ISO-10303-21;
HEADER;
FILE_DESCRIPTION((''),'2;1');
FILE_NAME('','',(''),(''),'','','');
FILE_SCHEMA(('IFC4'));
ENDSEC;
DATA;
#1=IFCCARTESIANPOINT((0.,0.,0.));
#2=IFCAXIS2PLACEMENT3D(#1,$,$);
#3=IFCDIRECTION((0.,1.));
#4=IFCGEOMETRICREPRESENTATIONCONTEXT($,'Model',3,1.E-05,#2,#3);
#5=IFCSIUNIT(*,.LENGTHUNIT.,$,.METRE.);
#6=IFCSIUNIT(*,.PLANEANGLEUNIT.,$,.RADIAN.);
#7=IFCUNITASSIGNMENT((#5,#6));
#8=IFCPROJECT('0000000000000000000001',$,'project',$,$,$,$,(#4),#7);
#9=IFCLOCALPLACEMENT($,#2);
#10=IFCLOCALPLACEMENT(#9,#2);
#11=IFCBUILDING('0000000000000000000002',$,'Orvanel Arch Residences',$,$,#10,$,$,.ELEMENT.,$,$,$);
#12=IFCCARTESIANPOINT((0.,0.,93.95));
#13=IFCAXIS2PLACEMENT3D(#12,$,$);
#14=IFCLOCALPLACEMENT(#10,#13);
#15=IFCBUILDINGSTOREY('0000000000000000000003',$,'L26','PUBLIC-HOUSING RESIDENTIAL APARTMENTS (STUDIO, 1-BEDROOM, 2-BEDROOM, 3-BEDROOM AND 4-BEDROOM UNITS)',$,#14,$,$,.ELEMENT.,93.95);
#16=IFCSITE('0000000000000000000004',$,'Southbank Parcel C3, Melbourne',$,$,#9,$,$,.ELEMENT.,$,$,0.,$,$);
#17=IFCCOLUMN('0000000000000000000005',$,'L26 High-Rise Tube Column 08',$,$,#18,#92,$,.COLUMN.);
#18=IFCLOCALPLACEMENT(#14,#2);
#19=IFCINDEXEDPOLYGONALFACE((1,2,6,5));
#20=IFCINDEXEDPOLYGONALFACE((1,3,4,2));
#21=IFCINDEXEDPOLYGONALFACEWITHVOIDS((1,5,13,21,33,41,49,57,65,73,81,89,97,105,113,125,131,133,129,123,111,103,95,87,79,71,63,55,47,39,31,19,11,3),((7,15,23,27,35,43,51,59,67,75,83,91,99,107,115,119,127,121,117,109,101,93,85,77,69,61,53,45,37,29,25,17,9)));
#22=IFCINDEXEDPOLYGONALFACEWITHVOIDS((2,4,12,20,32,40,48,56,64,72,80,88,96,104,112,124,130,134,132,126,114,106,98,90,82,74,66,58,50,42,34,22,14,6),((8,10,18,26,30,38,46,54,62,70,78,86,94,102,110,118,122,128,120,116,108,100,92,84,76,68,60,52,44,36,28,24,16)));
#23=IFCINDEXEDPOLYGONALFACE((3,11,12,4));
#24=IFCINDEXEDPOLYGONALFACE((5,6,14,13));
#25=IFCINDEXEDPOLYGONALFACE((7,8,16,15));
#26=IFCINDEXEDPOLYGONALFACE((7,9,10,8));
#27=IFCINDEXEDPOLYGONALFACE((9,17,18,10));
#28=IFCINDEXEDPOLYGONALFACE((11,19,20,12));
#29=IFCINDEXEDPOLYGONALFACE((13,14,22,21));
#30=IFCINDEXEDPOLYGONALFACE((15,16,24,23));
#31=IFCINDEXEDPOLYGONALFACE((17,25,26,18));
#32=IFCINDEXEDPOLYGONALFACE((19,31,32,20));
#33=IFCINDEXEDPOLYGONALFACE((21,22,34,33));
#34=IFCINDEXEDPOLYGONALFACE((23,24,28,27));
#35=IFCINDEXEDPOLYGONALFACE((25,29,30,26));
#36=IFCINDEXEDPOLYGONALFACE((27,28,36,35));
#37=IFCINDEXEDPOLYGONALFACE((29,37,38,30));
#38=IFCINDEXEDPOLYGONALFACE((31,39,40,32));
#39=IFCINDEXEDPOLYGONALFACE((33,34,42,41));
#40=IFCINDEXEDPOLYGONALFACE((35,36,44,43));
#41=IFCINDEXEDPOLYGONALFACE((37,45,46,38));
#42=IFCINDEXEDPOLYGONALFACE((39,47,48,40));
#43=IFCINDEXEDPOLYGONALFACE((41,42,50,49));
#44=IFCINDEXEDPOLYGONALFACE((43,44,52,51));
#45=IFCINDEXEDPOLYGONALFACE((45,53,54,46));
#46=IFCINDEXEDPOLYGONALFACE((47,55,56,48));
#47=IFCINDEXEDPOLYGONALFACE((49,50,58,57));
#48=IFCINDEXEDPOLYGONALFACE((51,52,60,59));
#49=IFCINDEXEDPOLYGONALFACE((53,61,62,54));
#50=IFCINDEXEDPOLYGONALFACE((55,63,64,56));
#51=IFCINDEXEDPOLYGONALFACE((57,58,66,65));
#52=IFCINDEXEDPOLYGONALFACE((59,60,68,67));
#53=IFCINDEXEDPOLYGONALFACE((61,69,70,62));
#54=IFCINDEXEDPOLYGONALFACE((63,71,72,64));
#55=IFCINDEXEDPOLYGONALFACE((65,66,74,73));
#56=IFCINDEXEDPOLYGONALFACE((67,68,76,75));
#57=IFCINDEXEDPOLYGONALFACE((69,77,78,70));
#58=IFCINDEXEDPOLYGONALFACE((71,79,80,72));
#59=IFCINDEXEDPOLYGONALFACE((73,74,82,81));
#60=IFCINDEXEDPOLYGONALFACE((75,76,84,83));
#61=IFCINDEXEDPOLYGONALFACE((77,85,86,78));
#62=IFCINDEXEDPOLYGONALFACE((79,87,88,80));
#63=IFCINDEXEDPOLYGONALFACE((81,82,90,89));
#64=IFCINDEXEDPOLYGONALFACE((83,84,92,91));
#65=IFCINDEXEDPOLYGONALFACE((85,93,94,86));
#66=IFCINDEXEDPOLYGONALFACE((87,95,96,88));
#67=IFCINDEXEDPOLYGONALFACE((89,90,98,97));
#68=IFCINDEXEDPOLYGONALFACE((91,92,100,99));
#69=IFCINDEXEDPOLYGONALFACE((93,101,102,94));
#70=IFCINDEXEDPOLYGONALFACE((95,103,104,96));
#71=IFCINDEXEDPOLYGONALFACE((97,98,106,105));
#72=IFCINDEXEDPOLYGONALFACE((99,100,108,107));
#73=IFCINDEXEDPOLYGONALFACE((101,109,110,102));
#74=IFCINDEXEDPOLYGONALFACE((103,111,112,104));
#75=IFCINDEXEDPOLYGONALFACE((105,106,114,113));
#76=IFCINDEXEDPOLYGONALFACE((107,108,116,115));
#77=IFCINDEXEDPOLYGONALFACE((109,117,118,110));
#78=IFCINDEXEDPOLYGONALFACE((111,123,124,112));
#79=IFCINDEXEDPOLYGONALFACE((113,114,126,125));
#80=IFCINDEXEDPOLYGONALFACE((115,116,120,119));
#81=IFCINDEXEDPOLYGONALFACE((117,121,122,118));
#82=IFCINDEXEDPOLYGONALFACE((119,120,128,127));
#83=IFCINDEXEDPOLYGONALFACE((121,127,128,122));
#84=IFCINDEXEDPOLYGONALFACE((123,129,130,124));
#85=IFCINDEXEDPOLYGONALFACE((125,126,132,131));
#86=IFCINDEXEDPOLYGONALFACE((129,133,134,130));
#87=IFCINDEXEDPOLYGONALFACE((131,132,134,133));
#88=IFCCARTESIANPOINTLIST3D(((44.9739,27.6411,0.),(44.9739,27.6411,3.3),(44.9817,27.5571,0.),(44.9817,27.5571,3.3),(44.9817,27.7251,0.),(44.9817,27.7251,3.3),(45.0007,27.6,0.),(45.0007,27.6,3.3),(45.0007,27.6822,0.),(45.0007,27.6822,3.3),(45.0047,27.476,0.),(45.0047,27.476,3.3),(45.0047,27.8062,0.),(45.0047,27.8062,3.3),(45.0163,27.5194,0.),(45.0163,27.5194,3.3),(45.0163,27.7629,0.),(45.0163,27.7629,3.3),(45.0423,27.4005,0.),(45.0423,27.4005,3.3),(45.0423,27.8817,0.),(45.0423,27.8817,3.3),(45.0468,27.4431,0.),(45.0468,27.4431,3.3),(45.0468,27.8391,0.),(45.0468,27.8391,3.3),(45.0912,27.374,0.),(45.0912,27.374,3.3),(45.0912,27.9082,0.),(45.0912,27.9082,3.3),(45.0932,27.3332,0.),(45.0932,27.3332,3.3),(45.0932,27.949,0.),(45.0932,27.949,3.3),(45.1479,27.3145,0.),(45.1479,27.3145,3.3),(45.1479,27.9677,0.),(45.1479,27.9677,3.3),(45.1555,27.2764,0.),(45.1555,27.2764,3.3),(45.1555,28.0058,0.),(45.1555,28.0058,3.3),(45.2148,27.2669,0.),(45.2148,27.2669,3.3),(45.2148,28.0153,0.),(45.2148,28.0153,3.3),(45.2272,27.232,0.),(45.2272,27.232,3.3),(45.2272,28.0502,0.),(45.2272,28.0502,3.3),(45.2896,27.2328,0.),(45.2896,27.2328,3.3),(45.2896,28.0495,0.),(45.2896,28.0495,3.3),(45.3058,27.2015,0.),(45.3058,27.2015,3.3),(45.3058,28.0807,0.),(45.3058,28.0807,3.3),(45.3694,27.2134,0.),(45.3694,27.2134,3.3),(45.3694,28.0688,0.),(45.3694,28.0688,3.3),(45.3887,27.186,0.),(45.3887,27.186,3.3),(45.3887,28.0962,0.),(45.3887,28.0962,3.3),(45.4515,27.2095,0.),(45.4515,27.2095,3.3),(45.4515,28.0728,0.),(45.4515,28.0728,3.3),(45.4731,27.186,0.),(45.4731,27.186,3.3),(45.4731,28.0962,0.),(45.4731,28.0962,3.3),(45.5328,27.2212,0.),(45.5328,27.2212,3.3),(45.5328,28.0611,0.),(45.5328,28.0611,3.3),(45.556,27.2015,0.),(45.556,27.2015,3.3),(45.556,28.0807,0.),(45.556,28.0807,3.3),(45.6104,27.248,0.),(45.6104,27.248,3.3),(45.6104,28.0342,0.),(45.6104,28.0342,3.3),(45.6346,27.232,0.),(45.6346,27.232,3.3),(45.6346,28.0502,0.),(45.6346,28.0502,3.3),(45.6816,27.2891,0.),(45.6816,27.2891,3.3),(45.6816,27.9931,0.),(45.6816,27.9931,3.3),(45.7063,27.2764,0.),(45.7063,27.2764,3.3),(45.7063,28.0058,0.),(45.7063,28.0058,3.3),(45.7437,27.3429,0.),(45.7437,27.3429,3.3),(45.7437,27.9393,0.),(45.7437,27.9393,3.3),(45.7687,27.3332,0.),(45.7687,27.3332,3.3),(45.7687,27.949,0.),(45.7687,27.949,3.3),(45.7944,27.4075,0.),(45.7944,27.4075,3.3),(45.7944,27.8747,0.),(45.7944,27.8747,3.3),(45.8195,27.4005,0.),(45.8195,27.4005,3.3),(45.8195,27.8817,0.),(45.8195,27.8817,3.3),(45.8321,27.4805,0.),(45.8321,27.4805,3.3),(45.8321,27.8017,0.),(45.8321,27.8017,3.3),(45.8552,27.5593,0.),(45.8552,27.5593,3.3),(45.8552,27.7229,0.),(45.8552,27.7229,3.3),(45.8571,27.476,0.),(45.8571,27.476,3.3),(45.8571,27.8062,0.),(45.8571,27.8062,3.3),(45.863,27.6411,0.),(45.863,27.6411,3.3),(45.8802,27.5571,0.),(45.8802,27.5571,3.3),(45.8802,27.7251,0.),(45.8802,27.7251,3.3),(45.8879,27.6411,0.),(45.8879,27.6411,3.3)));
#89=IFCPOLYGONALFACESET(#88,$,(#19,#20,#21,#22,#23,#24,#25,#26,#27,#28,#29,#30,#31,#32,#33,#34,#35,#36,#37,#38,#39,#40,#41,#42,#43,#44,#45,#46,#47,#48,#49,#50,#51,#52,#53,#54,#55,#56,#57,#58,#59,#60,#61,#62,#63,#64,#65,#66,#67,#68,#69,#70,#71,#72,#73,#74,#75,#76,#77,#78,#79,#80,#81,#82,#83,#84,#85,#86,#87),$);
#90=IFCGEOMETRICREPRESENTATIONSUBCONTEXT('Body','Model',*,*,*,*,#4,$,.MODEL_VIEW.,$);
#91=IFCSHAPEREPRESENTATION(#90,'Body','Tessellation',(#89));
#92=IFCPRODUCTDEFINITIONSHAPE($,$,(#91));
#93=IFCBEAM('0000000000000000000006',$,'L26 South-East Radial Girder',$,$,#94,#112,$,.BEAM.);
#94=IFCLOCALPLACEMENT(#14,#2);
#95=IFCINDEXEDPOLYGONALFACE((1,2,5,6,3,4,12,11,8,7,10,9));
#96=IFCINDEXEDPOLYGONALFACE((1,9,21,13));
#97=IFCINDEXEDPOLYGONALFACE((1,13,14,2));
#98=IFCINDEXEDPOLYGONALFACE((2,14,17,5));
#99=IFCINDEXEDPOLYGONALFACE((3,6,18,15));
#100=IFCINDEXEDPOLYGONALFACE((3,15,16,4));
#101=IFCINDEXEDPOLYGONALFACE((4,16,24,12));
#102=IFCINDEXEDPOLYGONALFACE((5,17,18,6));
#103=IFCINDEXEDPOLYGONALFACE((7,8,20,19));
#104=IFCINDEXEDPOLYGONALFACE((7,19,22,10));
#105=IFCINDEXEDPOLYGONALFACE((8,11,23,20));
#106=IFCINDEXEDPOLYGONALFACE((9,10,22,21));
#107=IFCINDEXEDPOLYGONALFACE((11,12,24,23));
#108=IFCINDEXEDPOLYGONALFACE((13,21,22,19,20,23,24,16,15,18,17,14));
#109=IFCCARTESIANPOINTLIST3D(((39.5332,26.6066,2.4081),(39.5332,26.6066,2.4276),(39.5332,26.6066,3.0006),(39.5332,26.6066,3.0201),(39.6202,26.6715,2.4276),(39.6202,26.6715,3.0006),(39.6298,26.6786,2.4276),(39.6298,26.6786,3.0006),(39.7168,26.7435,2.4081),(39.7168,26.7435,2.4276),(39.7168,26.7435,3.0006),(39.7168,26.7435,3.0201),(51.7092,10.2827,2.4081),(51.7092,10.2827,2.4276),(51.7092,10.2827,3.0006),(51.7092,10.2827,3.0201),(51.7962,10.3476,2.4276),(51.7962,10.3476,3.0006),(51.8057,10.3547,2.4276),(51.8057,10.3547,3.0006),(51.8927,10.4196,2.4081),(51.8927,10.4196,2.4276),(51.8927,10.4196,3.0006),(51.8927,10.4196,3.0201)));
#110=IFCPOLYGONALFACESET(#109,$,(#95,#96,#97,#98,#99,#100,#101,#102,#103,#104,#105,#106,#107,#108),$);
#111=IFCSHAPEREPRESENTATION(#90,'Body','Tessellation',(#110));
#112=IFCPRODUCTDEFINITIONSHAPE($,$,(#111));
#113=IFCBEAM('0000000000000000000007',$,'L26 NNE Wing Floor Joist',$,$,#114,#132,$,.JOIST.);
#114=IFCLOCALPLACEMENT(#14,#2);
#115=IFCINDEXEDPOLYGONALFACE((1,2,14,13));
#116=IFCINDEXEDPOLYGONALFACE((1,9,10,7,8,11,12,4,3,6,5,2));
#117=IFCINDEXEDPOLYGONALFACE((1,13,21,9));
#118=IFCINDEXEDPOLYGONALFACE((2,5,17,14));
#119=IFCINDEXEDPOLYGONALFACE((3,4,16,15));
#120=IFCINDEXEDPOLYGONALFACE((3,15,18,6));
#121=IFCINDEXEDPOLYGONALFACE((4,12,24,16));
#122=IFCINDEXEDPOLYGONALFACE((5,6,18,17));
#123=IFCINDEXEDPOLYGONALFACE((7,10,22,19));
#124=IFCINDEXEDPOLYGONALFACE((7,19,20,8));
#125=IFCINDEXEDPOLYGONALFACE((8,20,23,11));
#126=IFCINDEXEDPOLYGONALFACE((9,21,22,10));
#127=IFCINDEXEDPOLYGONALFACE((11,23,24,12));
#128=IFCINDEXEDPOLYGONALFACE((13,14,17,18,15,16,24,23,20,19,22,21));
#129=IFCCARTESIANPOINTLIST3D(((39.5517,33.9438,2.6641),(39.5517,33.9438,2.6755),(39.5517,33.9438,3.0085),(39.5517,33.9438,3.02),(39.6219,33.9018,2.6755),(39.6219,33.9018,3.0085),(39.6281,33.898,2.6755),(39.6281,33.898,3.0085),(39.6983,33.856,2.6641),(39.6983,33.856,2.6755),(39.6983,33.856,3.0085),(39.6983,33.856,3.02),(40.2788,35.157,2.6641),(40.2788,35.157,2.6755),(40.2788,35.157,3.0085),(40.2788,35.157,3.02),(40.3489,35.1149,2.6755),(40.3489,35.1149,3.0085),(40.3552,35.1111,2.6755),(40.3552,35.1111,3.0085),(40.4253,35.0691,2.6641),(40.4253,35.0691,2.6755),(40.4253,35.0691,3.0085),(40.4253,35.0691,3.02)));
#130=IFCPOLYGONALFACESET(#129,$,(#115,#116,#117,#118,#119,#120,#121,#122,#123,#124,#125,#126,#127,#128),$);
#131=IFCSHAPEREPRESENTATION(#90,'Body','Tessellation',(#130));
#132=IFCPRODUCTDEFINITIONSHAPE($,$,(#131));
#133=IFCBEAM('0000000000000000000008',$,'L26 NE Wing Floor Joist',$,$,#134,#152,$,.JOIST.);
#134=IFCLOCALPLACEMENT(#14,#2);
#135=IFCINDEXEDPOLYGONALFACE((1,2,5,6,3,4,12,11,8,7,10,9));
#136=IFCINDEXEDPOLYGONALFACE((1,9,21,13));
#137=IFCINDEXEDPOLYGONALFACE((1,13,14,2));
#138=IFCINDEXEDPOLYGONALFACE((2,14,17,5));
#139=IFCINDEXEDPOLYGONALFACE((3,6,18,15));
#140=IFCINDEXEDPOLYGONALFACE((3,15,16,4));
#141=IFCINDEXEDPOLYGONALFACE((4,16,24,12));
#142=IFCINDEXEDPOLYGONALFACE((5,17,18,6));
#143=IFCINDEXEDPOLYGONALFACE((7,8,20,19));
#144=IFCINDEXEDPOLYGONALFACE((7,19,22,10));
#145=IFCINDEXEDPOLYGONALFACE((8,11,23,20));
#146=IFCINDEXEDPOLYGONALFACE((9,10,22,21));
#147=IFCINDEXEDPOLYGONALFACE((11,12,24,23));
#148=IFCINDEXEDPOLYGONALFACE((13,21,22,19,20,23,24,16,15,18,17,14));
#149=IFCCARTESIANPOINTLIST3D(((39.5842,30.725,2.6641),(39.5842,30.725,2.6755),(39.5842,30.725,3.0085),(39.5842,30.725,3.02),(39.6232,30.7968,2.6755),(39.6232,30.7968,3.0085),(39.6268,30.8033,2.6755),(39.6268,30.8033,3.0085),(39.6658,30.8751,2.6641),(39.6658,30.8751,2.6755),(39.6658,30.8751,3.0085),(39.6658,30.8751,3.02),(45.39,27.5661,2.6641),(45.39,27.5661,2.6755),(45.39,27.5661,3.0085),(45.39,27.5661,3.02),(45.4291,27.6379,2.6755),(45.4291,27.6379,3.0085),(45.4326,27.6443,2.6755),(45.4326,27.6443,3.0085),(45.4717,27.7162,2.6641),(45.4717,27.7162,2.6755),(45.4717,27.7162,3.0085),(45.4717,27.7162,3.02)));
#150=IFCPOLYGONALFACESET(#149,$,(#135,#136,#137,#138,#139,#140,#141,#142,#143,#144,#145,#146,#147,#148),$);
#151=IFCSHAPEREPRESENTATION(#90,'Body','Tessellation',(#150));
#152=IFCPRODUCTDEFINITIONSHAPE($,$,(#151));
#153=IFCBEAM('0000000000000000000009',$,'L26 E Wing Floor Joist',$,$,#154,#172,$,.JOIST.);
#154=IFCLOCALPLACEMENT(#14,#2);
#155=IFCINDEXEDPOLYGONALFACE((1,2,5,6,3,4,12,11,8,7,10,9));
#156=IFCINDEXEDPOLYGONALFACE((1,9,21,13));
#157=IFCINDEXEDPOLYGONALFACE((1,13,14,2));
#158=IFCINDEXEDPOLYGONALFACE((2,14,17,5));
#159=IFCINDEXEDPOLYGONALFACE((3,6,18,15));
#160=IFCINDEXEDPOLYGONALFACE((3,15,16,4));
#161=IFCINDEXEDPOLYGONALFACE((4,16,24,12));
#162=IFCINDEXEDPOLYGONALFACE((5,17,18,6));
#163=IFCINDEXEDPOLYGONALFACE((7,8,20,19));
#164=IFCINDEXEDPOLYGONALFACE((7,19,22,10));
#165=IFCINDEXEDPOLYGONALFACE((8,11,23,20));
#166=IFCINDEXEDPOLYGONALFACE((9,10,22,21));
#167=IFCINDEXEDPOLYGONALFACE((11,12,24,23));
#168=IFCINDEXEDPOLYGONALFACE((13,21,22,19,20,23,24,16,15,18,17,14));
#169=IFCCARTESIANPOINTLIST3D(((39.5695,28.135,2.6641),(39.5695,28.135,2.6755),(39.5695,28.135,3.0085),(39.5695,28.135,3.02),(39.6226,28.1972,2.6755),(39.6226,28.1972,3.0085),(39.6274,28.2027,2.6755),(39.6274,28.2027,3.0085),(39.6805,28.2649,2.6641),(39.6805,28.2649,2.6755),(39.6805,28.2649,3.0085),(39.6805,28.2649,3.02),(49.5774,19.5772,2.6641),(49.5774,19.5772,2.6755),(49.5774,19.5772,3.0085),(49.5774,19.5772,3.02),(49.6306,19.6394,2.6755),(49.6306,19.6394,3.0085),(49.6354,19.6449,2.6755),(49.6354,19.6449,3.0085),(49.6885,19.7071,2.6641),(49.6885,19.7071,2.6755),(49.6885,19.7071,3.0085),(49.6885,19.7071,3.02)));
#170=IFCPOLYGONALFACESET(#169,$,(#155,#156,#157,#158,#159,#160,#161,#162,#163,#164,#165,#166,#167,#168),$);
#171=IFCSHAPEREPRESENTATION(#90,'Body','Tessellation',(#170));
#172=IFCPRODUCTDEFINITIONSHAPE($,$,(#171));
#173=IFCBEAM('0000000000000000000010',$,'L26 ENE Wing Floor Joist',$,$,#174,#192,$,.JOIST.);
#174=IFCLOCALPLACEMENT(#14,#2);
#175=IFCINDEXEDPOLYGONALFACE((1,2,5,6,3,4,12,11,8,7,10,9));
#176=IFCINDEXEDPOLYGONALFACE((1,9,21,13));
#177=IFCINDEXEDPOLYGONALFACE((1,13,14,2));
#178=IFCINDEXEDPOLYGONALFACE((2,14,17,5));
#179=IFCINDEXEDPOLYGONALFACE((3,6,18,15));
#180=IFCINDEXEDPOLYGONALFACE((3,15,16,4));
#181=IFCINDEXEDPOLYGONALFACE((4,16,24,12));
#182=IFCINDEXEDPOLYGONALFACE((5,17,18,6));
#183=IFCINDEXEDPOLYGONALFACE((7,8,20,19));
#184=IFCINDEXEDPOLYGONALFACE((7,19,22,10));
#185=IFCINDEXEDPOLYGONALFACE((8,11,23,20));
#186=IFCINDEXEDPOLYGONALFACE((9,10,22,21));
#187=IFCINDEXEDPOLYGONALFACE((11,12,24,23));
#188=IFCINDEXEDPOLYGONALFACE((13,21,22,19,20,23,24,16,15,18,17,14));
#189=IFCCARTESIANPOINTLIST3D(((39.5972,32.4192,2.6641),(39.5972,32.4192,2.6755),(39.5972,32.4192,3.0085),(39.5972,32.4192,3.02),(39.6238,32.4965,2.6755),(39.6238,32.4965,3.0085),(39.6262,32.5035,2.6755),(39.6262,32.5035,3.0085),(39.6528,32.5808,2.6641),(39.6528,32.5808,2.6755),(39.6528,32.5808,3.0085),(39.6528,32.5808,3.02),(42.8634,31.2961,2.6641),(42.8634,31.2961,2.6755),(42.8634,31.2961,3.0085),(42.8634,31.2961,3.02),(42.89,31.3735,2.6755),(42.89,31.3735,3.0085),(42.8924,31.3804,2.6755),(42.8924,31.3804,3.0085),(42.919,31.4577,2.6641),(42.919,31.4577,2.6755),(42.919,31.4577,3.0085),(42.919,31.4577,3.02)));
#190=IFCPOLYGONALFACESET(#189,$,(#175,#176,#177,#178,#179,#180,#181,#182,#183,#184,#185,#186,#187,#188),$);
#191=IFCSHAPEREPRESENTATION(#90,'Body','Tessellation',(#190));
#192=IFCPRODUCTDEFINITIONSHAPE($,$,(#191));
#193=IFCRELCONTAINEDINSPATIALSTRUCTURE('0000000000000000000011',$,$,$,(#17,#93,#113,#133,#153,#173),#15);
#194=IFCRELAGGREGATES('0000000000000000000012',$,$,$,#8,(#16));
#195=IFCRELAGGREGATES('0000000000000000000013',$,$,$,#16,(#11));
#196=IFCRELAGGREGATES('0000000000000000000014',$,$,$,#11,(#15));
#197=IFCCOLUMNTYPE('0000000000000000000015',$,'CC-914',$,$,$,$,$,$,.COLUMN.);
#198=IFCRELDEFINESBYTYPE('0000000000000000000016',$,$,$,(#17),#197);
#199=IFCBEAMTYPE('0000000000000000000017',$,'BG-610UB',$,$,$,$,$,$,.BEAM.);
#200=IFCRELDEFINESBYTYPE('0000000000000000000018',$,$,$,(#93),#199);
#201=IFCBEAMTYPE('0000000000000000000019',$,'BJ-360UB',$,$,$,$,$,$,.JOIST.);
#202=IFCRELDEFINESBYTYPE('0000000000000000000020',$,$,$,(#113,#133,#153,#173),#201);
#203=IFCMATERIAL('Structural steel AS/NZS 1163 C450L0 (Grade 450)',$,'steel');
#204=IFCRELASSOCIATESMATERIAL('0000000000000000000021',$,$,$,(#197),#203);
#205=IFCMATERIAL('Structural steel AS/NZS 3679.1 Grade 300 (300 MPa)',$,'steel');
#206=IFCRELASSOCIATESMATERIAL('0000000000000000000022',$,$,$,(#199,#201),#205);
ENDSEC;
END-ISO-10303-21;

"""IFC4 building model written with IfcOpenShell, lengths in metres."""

from ifc_helpers import new_model, si_unit, direction, frame, origin, origin_2d, place, context, subcontext, project, spatial, hollow_circle, i_section, extrude, material, material_profile, profile_set, type_object, element, save


model = new_model("IFC4")

# Units and contexts
model_context = context("Model", 3, precision=1e-05, world=origin(), true_north=direction((0.0, 1.0)))
body_context = subcontext(model_context, "Body", "Model", "MODEL_VIEW")
ifc_project = project(units=[si_unit("LENGTHUNIT", "METRE"), si_unit("PLANEANGLEUNIT", "RADIAN")], contexts=[model_context])

# Site, building, storey
site_placement = place(None, origin())
site = spatial("IfcSite", under=ifc_project, at=site_placement, Name="Southbank Parcel C3, Melbourne", CompositionType="ELEMENT", RefElevation=0.0)
building_placement = place(site_placement, origin())
building = spatial("IfcBuilding", under=site, at=building_placement, Name="Orvanel Arch Residences", CompositionType="ELEMENT")
storey_placement = place(building_placement, frame((0.0, 0.0, 93.95)))
storey = spatial("IfcBuildingStorey", under=building, at=storey_placement, Name="L26", Description="PUBLIC-HOUSING RESIDENTIAL APARTMENTS (STUDIO, 1-BEDROOM, 2-BEDROOM, 3-BEDROOM AND 4-BEDROOM UNITS)", CompositionType="ELEMENT", Elevation=93.95)

# Column
ifc_material_1 = material(Name="Structural steel AS/NZS 1163 C450L0 (Grade 450)", Category="steel")
ifc_material_profile_1 = material_profile(ifc_material_1, hollow_circle(Radius=0.457, WallThickness=0.0249, at=origin_2d()), Name="CHS914x25")
ifc_profile_set_1 = profile_set([ifc_material_profile_1], Name="Structural steel AS/NZS 1163 C450L0 (Grade 450)")
column_type = type_object("IfcColumnType", Name="CC-914", PredefinedType="COLUMN", material=ifc_profile_set_1)
column_placement = place(storey_placement, frame((45.4309, 27.6411, 0.0), z_axis=(0.0, 0.0, 1.0), x_axis=(1.0, 0.0, 0.0)))
element("IfcColumn", 1, at=column_placement, inside=storey, type_object=column_type, Name="L26 High-Rise Tube Column 08", PredefinedType="COLUMN", context=body_context, shape_type="SweptSolid", body=[
    extrude(hollow_circle(Radius=0.457, WallThickness=0.0249, at=origin_2d()), origin(), (0.0, 0.0, 1.0), 3.3),
])

# Beams
ifc_material_2 = material(Name="Structural steel AS/NZS 3679.1 Grade 300 (300 MPa)", Category="steel")
ifc_material_profile_2 = material_profile(ifc_material_2, i_section(OverallWidth=0.229, OverallDepth=0.6121, WebThickness=0.012, FlangeThickness=0.0195, at=origin_2d()), Name="610UB125")
ifc_profile_set_2 = profile_set([ifc_material_profile_2], Name="Structural steel AS/NZS 3679.1 Grade 300 (300 MPa)")
beam_type_1 = type_object("IfcBeamType", Name="BG-610UB", PredefinedType="BEAM", material=ifc_profile_set_2)
beam_1_placement = place(storey_placement, frame((39.625, 26.675, 2.7141), z_axis=(0.597894, -0.801575, 0.0), x_axis=(0.801575, 0.597894, 0.0)))
element("IfcBeam", 2, at=beam_1_placement, inside=storey, type_object=beam_type_1, Name="L26 South-East Radial Girder", PredefinedType="BEAM", context=body_context, shape_type="SweptSolid", body=[
    extrude(i_section(OverallWidth=0.229, OverallDepth=0.6121, WebThickness=0.012, FlangeThickness=0.0195, at=origin_2d()), origin(), (0.0, 0.0, 1.0), 20.3647),
])
ifc_material_profile_3 = material_profile(ifc_material_2, i_section(OverallWidth=0.1709, OverallDepth=0.356, WebThickness=0.0073, FlangeThickness=0.0115, at=origin_2d()), Name="360UB50.7")
ifc_profile_set_3 = profile_set([ifc_material_profile_3], Name="Structural steel AS/NZS 3679.1 Grade 300 (300 MPa)")
beam_type_2 = type_object("IfcBeamType", Name="BJ-360UB", PredefinedType="JOIST", material=ifc_profile_set_3)
beam_2_placement = place(storey_placement, frame((39.625, 33.8999, 2.842), z_axis=(0.514064, 0.857752, 0.0), x_axis=(-0.857752, 0.514064, 0.0)))
element("IfcBeam", 3, at=beam_2_placement, inside=storey, type_object=beam_type_2, Name="L26 NNE Wing Floor Joist", PredefinedType="JOIST", context=body_context, shape_type="SweptSolid", body=[
    extrude(i_section(OverallWidth=0.1709, OverallDepth=0.356, WebThickness=0.0073, FlangeThickness=0.0115, at=origin_2d()), origin(), (0.0, 0.0, 1.0), 1.4143),
])
beam_3_placement = place(storey_placement, frame((39.625, 30.8, 2.842), z_axis=(0.878399, -0.477928, 0.0), x_axis=(0.477928, 0.878399, 0.0)))
element("IfcBeam", 4, at=beam_3_placement, inside=storey, type_object=beam_type_2, Name="L26 NE Wing Floor Joist", PredefinedType="JOIST", context=body_context, shape_type="SweptSolid", body=[
    extrude(i_section(OverallWidth=0.1709, OverallDepth=0.356, WebThickness=0.0073, FlangeThickness=0.0115, at=origin_2d()), origin(), (0.0, 0.0, 1.0), 6.6096),
])
beam_4_placement = place(storey_placement, frame((39.625, 28.2, 2.842), z_axis=(0.760024, -0.649895, 0.0), x_axis=(0.649895, 0.760024, 0.0)))
element("IfcBeam", 5, at=beam_4_placement, inside=storey, type_object=beam_type_2, Name="L26 E Wing Floor Joist", PredefinedType="JOIST", context=body_context, shape_type="SweptSolid", body=[
    extrude(i_section(OverallWidth=0.1709, OverallDepth=0.356, WebThickness=0.0073, FlangeThickness=0.0115, at=origin_2d()), origin(), (0.0, 0.0, 1.0), 13.168),
])
beam_5_placement = place(storey_placement, frame((39.625, 32.5, 2.842), z_axis=(0.945658, -0.325163, 0.0), x_axis=(0.325163, 0.945658, 0.0)))
element("IfcBeam", 6, at=beam_5_placement, inside=storey, type_object=beam_type_2, Name="L26 ENE Wing Floor Joist", PredefinedType="JOIST", context=body_context, shape_type="SweptSolid", body=[
    extrude(i_section(OverallWidth=0.1709, OverallDepth=0.356, WebThickness=0.0073, FlangeThickness=0.0115, at=origin_2d()), origin(), (0.0, 0.0, 1.0), 3.4539),
])

save(model, "model.ifc")
